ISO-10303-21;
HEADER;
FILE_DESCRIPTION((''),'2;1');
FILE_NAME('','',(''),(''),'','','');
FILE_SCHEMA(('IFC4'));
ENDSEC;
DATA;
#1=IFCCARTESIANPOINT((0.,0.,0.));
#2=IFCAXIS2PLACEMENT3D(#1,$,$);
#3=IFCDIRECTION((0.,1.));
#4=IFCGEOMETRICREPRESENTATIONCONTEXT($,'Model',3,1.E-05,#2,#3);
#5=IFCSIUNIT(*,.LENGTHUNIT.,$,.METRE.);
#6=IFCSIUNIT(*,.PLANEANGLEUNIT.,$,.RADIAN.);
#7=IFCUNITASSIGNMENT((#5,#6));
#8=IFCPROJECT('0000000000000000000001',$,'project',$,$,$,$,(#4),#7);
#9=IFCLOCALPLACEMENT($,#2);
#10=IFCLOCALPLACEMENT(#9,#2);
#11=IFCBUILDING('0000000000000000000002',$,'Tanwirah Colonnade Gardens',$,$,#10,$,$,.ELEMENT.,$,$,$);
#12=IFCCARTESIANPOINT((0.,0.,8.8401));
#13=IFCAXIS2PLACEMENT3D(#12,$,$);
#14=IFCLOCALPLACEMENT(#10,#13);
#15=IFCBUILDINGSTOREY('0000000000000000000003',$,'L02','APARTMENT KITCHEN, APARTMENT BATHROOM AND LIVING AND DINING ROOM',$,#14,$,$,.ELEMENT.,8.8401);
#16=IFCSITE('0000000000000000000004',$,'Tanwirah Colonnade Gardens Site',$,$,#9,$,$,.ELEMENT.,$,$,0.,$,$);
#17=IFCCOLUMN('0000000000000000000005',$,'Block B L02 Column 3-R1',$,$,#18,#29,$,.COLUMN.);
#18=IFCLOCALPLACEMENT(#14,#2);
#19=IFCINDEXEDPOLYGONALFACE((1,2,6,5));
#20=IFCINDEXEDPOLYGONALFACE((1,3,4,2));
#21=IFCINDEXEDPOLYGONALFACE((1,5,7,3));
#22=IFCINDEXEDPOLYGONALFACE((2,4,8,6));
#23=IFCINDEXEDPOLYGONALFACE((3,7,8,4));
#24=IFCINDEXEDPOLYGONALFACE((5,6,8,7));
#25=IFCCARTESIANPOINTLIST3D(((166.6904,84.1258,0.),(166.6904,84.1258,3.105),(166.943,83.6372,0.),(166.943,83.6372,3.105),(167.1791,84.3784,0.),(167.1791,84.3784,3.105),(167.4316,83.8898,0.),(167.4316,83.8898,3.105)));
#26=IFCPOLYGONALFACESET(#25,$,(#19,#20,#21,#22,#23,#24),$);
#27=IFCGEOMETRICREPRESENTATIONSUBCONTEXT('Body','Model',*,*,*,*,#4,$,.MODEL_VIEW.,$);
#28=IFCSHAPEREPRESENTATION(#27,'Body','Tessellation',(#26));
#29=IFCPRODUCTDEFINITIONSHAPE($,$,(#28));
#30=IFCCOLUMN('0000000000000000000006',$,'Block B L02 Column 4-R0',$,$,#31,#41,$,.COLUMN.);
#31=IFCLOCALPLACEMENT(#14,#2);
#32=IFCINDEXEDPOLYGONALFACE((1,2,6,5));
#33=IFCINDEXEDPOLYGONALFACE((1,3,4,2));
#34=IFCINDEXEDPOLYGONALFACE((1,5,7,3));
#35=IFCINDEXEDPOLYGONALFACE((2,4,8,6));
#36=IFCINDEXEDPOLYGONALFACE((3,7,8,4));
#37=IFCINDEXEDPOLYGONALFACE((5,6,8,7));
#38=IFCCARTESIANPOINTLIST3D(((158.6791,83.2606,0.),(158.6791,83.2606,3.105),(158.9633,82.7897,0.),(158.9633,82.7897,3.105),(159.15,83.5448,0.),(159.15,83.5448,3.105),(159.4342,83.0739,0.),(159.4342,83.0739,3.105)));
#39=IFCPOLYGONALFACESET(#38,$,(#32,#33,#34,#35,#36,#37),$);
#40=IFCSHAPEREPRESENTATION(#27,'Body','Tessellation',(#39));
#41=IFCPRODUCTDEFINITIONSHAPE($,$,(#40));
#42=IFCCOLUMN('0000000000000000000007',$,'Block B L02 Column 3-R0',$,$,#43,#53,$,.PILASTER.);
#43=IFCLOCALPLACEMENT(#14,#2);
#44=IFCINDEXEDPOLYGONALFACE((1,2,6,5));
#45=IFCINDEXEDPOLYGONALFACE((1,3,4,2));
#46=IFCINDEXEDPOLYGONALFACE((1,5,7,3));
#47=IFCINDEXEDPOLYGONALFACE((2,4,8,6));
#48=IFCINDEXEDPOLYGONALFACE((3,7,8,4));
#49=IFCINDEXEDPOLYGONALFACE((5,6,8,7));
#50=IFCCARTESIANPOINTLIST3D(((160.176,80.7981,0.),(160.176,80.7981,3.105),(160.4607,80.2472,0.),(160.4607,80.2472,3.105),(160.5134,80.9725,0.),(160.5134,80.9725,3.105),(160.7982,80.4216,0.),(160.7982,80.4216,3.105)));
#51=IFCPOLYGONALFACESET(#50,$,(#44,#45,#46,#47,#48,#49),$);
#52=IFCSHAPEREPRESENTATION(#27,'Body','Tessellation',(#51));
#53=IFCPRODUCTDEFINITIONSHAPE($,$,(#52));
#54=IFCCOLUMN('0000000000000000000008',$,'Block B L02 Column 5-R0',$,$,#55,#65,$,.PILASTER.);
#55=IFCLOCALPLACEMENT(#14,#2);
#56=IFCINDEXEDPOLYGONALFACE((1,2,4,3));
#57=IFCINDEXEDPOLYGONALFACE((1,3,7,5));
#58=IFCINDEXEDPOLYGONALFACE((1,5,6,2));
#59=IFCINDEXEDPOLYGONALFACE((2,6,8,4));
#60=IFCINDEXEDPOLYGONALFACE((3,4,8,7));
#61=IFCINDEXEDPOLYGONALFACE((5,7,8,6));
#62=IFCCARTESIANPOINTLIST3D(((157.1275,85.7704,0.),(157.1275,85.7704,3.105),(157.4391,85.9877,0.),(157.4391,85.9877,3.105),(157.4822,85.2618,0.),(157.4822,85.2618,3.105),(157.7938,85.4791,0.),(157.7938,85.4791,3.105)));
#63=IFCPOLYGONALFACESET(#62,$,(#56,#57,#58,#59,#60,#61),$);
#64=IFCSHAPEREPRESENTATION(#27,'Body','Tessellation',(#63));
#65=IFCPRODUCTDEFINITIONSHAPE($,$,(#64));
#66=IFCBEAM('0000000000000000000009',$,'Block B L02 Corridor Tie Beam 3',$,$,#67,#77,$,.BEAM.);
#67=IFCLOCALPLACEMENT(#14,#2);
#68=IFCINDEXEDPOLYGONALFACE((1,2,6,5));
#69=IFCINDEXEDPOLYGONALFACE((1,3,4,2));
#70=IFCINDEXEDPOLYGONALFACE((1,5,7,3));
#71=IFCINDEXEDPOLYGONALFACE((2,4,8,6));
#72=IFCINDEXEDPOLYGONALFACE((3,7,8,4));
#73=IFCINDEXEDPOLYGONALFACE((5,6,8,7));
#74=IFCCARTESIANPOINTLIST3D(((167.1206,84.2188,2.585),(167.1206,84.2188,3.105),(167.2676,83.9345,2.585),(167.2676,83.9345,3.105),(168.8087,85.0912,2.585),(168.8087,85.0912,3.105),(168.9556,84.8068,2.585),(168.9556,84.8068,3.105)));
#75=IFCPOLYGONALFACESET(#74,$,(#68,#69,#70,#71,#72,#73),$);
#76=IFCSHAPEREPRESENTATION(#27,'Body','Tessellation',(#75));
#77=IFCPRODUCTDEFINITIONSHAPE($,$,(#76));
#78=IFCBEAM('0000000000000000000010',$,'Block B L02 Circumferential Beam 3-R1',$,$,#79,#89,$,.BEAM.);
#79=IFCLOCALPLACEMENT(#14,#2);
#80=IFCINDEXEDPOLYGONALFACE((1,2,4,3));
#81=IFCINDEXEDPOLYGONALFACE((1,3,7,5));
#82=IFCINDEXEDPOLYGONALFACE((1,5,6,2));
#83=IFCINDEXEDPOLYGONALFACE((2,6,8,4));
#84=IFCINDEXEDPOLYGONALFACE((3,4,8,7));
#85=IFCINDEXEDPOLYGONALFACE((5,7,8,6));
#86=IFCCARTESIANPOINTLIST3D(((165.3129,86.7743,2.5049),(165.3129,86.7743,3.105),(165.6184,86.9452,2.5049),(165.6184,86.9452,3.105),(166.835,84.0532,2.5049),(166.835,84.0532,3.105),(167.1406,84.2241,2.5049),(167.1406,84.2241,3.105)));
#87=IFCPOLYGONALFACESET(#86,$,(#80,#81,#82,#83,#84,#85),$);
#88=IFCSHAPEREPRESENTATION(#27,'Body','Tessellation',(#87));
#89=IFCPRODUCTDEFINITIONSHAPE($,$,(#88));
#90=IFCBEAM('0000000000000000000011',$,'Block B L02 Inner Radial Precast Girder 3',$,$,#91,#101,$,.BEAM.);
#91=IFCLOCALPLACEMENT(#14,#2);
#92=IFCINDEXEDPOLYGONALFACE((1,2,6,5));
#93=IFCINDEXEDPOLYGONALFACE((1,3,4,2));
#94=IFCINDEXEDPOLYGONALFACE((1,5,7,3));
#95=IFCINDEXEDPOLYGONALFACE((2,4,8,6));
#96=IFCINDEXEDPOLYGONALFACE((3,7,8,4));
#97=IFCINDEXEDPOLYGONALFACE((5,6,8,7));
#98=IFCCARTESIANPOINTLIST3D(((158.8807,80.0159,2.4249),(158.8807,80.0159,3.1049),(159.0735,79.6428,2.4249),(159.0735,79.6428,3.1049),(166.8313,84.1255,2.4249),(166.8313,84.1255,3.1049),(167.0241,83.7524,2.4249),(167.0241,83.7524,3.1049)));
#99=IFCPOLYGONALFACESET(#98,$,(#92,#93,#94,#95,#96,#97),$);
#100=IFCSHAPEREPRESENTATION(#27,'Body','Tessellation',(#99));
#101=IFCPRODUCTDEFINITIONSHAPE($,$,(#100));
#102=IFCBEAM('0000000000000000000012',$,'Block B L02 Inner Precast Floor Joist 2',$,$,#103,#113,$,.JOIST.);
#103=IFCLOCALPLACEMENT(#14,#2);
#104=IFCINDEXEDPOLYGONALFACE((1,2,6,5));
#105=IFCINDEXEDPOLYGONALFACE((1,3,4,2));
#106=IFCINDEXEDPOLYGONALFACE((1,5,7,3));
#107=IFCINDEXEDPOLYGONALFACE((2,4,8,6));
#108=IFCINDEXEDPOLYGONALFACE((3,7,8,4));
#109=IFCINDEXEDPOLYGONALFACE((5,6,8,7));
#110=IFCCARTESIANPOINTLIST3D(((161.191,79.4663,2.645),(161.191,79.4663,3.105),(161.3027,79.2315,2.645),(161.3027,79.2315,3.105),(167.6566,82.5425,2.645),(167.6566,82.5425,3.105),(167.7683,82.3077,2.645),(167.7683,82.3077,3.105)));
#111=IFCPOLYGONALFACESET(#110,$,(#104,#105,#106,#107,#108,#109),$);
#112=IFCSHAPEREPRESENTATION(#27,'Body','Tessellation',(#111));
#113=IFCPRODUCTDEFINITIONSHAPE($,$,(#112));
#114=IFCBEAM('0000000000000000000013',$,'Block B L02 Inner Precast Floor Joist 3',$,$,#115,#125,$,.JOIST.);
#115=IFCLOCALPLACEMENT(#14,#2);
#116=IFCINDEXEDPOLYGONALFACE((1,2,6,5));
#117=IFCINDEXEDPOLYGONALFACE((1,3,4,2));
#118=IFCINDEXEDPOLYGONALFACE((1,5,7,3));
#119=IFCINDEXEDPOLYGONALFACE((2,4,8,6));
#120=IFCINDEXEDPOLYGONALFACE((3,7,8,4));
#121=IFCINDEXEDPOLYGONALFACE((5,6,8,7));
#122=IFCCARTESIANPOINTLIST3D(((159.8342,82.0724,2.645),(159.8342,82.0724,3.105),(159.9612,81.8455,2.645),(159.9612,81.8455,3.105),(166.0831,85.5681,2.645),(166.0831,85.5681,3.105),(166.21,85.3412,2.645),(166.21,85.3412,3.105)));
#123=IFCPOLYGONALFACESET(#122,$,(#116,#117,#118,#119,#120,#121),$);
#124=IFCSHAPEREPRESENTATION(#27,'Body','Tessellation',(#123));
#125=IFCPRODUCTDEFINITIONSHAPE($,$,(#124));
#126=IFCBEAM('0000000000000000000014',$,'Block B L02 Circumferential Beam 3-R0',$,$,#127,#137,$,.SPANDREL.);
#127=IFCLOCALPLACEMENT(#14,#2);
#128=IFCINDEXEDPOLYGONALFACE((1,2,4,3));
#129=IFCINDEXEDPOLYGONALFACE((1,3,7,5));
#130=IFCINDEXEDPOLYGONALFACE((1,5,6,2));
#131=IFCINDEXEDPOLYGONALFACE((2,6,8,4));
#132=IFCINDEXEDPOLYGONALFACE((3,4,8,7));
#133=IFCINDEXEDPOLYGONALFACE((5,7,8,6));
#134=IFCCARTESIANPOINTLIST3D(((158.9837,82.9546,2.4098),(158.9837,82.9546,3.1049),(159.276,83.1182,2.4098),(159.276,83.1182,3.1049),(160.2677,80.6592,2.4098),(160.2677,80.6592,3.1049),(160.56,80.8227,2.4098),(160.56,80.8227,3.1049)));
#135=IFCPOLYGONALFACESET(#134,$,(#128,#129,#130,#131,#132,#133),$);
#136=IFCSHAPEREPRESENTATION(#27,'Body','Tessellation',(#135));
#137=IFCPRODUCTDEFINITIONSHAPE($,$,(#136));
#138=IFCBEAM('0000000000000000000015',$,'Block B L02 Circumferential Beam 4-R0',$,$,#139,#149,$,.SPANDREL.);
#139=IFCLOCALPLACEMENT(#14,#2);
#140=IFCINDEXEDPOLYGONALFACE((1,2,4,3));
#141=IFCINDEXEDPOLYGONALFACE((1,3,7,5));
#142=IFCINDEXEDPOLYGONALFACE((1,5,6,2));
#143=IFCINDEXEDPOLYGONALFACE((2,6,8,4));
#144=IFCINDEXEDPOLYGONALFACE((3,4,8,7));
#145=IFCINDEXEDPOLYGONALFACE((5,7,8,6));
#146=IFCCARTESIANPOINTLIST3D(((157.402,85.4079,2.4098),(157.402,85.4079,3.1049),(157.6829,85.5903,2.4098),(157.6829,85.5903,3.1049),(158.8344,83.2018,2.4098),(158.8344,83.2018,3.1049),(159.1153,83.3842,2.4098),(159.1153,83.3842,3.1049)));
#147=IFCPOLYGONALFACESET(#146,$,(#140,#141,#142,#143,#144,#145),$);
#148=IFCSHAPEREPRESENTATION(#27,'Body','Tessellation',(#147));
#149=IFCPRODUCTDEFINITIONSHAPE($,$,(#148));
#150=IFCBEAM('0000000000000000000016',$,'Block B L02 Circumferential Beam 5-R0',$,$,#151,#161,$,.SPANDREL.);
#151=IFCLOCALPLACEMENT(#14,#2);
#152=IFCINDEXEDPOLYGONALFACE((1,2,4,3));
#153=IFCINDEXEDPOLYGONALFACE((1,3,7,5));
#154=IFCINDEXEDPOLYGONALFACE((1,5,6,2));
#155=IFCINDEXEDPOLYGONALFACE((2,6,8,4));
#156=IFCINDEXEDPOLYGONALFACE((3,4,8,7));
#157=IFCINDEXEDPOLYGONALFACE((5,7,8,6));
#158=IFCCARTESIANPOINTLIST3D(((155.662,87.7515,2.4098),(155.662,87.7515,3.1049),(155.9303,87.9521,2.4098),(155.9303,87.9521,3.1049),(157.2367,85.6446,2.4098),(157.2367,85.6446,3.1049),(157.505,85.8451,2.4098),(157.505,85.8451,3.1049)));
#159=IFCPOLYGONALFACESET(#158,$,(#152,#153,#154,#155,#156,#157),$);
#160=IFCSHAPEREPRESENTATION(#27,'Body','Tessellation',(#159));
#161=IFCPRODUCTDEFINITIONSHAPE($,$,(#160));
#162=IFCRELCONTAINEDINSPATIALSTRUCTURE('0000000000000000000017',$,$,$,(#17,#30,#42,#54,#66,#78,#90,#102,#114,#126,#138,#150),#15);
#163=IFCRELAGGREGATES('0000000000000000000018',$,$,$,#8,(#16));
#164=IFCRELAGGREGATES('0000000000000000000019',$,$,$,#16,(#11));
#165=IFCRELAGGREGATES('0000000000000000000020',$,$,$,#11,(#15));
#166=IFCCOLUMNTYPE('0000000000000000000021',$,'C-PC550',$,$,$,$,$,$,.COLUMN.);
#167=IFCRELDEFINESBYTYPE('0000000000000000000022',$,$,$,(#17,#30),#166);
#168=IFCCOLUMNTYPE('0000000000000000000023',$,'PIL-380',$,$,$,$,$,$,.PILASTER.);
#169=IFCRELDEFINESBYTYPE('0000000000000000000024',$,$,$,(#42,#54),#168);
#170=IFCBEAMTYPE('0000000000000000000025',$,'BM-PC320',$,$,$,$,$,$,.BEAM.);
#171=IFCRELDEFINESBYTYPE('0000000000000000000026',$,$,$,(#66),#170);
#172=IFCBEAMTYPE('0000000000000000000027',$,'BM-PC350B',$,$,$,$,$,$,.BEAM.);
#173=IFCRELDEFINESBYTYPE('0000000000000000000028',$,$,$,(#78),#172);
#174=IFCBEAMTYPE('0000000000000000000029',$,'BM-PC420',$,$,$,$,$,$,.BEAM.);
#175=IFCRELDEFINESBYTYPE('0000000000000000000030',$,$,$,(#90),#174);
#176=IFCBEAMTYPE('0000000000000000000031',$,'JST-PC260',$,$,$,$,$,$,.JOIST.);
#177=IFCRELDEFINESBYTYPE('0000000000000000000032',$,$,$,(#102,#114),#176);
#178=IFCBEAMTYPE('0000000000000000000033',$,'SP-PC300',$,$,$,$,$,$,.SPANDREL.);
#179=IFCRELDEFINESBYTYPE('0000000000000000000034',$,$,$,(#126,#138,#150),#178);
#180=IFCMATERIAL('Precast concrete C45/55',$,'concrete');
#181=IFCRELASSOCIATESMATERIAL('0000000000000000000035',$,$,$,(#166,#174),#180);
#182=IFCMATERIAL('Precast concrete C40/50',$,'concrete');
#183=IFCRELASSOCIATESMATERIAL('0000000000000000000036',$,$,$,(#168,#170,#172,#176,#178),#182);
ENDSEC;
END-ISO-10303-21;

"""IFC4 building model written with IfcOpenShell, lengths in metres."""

from ifc_helpers import new_model, si_unit, direction, frame, origin, origin_2d, place, context, subcontext, project, spatial, rectangle, extrude, material, material_profile, profile_set, type_object, element, save


model = new_model("IFC4")

# Units and contexts
model_context = context("Model", 3, precision=1e-05, world=origin(), true_north=direction((0.0, 1.0)))
body_context = subcontext(model_context, "Body", "Model", "MODEL_VIEW")
ifc_project = project(units=[si_unit("LENGTHUNIT", "METRE"), si_unit("PLANEANGLEUNIT", "RADIAN")], contexts=[model_context])

# Site, building, storey
site_placement = place(None, origin())
site = spatial("IfcSite", under=ifc_project, at=site_placement, Name="Tanwirah Colonnade Gardens Site", CompositionType="ELEMENT", RefElevation=0.0)
building_placement = place(site_placement, origin())
building = spatial("IfcBuilding", under=site, at=building_placement, Name="Tanwirah Colonnade Gardens", CompositionType="ELEMENT")
storey_placement = place(building_placement, frame((0.0, 0.0, 8.8401)))
storey = spatial("IfcBuildingStorey", under=building, at=storey_placement, Name="L02", Description="APARTMENT KITCHEN, APARTMENT BATHROOM AND LIVING AND DINING ROOM", CompositionType="ELEMENT", Elevation=8.8401)

# Columns
ifc_material_1 = material(Name="Precast concrete C45/55", Category="concrete")
ifc_material_profile_1 = material_profile(ifc_material_1, rectangle(XDim=0.55, YDim=0.55, at=origin_2d()), Name="PC-COL 550x550")
ifc_profile_set_1 = profile_set([ifc_material_profile_1], Name="Precast concrete C45/55")
column_type_1 = type_object("IfcColumnType", Name="C-PC550", PredefinedType="COLUMN", material=ifc_profile_set_1)
for number, where, z_axis, x_axis, name in (
    (1, (167.061, 84.0078, 0.0), (0.0, 0.0, 1.0), (0.88835, 0.459166, 0.0), "Block B L02 Column 3-R1"),
    (2, (159.0566, 83.1672, 0.0), (0.0, 0.0, 1.0), (0.856167, 0.516699, 0.0), "Block B L02 Column 4-R0"),
):
    element("IfcColumn", number, at=place(storey_placement, frame(where, z_axis=z_axis, x_axis=x_axis)), inside=storey, type_object=column_type_1, Name=name, PredefinedType="COLUMN", context=body_context, shape_type="SweptSolid", body=[
        extrude(rectangle(XDim=0.55, YDim=0.55, at=origin_2d()), origin(), (0.0, 0.0, 1.0), 3.105),
    ])
ifc_material_2 = material(Name="Precast concrete C40/50", Category="concrete")
ifc_material_profile_2 = material_profile(ifc_material_2, rectangle(XDim=0.3799, YDim=0.6201, at=origin_2d()), Name="PC-PIL 380x620")
ifc_profile_set_2 = profile_set([ifc_material_profile_2], Name="Precast concrete C40/50")
column_type_2 = type_object("IfcColumnType", Name="PIL-380", PredefinedType="PILASTER", material=ifc_profile_set_2)
for number, where, z_axis, x_axis, name in (
    (3, (160.4871, 80.6099, 0.0), (0.0, 0.0, 1.0), (0.88835, 0.459166, 0.0), "Block B L02 Column 3-R0"),
    (4, (157.4607, 85.6248, 0.0), (0.0, 0.0, 1.0), (0.820263, 0.571987, 0.0), "Block B L02 Column 5-R0"),
):
    element("IfcColumn", number, at=place(storey_placement, frame(where, z_axis=z_axis, x_axis=x_axis)), inside=storey, type_object=column_type_2, Name=name, PredefinedType="PILASTER", context=body_context, shape_type="SweptSolid", body=[
        extrude(rectangle(XDim=0.3799, YDim=0.6201, at=origin_2d()), origin(), (0.0, 0.0, 1.0), 3.105),
    ])

# Beams
ifc_material_profile_3 = material_profile(ifc_material_2, rectangle(XDim=0.3201, YDim=0.52, at=origin_2d()), Name="PC-BM 320x520")
ifc_profile_set_3 = profile_set([ifc_material_profile_3], Name="Precast concrete C40/50")
beam_type_1 = type_object("IfcBeamType", Name="BM-PC320", PredefinedType="BEAM", material=ifc_profile_set_3)
beam_1_placement = place(storey_placement, frame((167.1941, 84.0767, 2.845), z_axis=(0.888386, 0.459098, 0.0), x_axis=(-0.459098, 0.888386, 0.0)))
element("IfcBeam", 5, at=beam_1_placement, inside=storey, type_object=beam_type_1, Name="Block B L02 Corridor Tie Beam 3", PredefinedType="BEAM", context=body_context, shape_type="SweptSolid", body=[
    extrude(rectangle(XDim=0.3201, YDim=0.52, at=origin_2d()), origin(), (0.0, 0.0, 1.0), 1.9001),
])
ifc_material_profile_4 = material_profile(ifc_material_2, rectangle(XDim=0.3501, YDim=0.6001, at=origin_2d()), Name="PC-BM 350x600")
ifc_profile_set_4 = profile_set([ifc_material_profile_4], Name="Precast concrete C40/50")
beam_type_2 = type_object("IfcBeamType", Name="BM-PC350B", PredefinedType="BEAM", material=ifc_profile_set_4)
beam_2_placement = place(storey_placement, frame((166.9878, 84.1387, 2.8049), z_axis=(-0.4882, 0.872732, 0.0), x_axis=(-0.872732, -0.4882, 0.0)))
element("IfcBeam", 6, at=beam_2_placement, inside=storey, type_object=beam_type_2, Name="Block B L02 Circumferential Beam 3-R1", PredefinedType="BEAM", context=body_context, shape_type="SweptSolid", body=[
    extrude(rectangle(XDim=0.3501, YDim=0.6001, at=origin_2d()), origin(), (0.0, 0.0, 1.0), 3.1179),
])
ifc_material_profile_5 = material_profile(ifc_material_1, rectangle(XDim=0.4199, YDim=0.6799, at=origin_2d()), Name="PC-BM 420x680")
ifc_profile_set_5 = profile_set([ifc_material_profile_5], Name="Precast concrete C45/55")
beam_type_3 = type_object("IfcBeamType", Name="BM-PC420", PredefinedType="BEAM", material=ifc_profile_set_5)
beam_3_placement = place(storey_placement, frame((166.9277, 83.939, 2.7649), z_axis=(-0.888345, -0.459176, 0.0), x_axis=(0.459176, -0.888345, 0.0)))
element("IfcBeam", 7, at=beam_3_placement, inside=storey, type_object=beam_type_3, Name="Block B L02 Inner Radial Precast Girder 3", PredefinedType="BEAM", context=body_context, shape_type="SweptSolid", body=[
    extrude(rectangle(XDim=0.4199, YDim=0.6799, at=origin_2d()), origin(), (0.0, 0.0, 1.0), 8.95),
])
ifc_material_profile_6 = material_profile(ifc_material_2, rectangle(XDim=0.26, YDim=0.46, at=origin_2d()), Name="PC-JST 260x460")
ifc_profile_set_6 = profile_set([ifc_material_profile_6], Name="Precast concrete C40/50")
beam_type_4 = type_object("IfcBeamType", Name="JST-PC260", PredefinedType="JOIST", material=ifc_profile_set_6)
for number, where, z_axis, x_axis, name in (
    (8, (161.2468, 79.3489, 2.875), (0.903005, 0.429629, 0.0), (-0.429629, 0.903005, 0.0), "Block B L02 Inner Precast Floor Joist 2"),
    (9, (159.8977, 81.959, 2.875), (0.872727, 0.488209, 0.0), (-0.488209, 0.872727, 0.0), "Block B L02 Inner Precast Floor Joist 3"),
):
    element("IfcBeam", number, at=place(storey_placement, frame(where, z_axis=z_axis, x_axis=x_axis)), inside=storey, type_object=beam_type_4, Name=name, PredefinedType="JOIST", context=body_context, shape_type="SweptSolid", body=[
        extrude(rectangle(XDim=0.26, YDim=0.46, at=origin_2d()), origin(), (0.0, 0.0, 1.0), 7.1602),
    ])
ifc_material_profile_7 = material_profile(ifc_material_2, rectangle(XDim=0.335, YDim=0.6951, at=origin_2d()), Name="PC-SP 335x695")
ifc_profile_set_7 = profile_set([ifc_material_profile_7], Name="Precast concrete C40/50")
beam_type_5 = type_object("IfcBeamType", Name="SP-PC300", PredefinedType="SPANDREL", material=ifc_profile_set_7)
beam_4_placement = place(storey_placement, frame((160.4138, 80.741, 2.7573), z_axis=(-0.488171, 0.872748, 0.0), x_axis=(-0.872748, -0.488171, 0.0)))
element("IfcBeam", 10, at=beam_4_placement, inside=storey, type_object=beam_type_5, Name="Block B L02 Circumferential Beam 3-R0", PredefinedType="SPANDREL", context=body_context, shape_type="SweptSolid", body=[
    extrude(rectangle(XDim=0.335, YDim=0.6951, at=origin_2d()), origin(), (0.0, 0.0, 1.0), 2.6301),
])
for number, where, z_axis, x_axis, name in (
    (11, (158.9749, 83.293, 2.7573), (-0.544571, 0.838715, 0.0), (-0.838715, -0.544571, 0.0), "Block B L02 Circumferential Beam 4-R0"),
    (12, (157.3708, 85.7449, 2.7573), (-0.598663, 0.801001, 0.0), (-0.801001, -0.598663, 0.0), "Block B L02 Circumferential Beam 5-R0"),
):
    element("IfcBeam", number, at=place(storey_placement, frame(where, z_axis=z_axis, x_axis=x_axis)), inside=storey, type_object=beam_type_5, Name=name, PredefinedType="SPANDREL", context=body_context, shape_type="SweptSolid", body=[
        extrude(rectangle(XDim=0.335, YDim=0.6951, at=origin_2d()), origin(), (0.0, 0.0, 1.0), 2.6304),
    ])

save(model, "model.ifc")
